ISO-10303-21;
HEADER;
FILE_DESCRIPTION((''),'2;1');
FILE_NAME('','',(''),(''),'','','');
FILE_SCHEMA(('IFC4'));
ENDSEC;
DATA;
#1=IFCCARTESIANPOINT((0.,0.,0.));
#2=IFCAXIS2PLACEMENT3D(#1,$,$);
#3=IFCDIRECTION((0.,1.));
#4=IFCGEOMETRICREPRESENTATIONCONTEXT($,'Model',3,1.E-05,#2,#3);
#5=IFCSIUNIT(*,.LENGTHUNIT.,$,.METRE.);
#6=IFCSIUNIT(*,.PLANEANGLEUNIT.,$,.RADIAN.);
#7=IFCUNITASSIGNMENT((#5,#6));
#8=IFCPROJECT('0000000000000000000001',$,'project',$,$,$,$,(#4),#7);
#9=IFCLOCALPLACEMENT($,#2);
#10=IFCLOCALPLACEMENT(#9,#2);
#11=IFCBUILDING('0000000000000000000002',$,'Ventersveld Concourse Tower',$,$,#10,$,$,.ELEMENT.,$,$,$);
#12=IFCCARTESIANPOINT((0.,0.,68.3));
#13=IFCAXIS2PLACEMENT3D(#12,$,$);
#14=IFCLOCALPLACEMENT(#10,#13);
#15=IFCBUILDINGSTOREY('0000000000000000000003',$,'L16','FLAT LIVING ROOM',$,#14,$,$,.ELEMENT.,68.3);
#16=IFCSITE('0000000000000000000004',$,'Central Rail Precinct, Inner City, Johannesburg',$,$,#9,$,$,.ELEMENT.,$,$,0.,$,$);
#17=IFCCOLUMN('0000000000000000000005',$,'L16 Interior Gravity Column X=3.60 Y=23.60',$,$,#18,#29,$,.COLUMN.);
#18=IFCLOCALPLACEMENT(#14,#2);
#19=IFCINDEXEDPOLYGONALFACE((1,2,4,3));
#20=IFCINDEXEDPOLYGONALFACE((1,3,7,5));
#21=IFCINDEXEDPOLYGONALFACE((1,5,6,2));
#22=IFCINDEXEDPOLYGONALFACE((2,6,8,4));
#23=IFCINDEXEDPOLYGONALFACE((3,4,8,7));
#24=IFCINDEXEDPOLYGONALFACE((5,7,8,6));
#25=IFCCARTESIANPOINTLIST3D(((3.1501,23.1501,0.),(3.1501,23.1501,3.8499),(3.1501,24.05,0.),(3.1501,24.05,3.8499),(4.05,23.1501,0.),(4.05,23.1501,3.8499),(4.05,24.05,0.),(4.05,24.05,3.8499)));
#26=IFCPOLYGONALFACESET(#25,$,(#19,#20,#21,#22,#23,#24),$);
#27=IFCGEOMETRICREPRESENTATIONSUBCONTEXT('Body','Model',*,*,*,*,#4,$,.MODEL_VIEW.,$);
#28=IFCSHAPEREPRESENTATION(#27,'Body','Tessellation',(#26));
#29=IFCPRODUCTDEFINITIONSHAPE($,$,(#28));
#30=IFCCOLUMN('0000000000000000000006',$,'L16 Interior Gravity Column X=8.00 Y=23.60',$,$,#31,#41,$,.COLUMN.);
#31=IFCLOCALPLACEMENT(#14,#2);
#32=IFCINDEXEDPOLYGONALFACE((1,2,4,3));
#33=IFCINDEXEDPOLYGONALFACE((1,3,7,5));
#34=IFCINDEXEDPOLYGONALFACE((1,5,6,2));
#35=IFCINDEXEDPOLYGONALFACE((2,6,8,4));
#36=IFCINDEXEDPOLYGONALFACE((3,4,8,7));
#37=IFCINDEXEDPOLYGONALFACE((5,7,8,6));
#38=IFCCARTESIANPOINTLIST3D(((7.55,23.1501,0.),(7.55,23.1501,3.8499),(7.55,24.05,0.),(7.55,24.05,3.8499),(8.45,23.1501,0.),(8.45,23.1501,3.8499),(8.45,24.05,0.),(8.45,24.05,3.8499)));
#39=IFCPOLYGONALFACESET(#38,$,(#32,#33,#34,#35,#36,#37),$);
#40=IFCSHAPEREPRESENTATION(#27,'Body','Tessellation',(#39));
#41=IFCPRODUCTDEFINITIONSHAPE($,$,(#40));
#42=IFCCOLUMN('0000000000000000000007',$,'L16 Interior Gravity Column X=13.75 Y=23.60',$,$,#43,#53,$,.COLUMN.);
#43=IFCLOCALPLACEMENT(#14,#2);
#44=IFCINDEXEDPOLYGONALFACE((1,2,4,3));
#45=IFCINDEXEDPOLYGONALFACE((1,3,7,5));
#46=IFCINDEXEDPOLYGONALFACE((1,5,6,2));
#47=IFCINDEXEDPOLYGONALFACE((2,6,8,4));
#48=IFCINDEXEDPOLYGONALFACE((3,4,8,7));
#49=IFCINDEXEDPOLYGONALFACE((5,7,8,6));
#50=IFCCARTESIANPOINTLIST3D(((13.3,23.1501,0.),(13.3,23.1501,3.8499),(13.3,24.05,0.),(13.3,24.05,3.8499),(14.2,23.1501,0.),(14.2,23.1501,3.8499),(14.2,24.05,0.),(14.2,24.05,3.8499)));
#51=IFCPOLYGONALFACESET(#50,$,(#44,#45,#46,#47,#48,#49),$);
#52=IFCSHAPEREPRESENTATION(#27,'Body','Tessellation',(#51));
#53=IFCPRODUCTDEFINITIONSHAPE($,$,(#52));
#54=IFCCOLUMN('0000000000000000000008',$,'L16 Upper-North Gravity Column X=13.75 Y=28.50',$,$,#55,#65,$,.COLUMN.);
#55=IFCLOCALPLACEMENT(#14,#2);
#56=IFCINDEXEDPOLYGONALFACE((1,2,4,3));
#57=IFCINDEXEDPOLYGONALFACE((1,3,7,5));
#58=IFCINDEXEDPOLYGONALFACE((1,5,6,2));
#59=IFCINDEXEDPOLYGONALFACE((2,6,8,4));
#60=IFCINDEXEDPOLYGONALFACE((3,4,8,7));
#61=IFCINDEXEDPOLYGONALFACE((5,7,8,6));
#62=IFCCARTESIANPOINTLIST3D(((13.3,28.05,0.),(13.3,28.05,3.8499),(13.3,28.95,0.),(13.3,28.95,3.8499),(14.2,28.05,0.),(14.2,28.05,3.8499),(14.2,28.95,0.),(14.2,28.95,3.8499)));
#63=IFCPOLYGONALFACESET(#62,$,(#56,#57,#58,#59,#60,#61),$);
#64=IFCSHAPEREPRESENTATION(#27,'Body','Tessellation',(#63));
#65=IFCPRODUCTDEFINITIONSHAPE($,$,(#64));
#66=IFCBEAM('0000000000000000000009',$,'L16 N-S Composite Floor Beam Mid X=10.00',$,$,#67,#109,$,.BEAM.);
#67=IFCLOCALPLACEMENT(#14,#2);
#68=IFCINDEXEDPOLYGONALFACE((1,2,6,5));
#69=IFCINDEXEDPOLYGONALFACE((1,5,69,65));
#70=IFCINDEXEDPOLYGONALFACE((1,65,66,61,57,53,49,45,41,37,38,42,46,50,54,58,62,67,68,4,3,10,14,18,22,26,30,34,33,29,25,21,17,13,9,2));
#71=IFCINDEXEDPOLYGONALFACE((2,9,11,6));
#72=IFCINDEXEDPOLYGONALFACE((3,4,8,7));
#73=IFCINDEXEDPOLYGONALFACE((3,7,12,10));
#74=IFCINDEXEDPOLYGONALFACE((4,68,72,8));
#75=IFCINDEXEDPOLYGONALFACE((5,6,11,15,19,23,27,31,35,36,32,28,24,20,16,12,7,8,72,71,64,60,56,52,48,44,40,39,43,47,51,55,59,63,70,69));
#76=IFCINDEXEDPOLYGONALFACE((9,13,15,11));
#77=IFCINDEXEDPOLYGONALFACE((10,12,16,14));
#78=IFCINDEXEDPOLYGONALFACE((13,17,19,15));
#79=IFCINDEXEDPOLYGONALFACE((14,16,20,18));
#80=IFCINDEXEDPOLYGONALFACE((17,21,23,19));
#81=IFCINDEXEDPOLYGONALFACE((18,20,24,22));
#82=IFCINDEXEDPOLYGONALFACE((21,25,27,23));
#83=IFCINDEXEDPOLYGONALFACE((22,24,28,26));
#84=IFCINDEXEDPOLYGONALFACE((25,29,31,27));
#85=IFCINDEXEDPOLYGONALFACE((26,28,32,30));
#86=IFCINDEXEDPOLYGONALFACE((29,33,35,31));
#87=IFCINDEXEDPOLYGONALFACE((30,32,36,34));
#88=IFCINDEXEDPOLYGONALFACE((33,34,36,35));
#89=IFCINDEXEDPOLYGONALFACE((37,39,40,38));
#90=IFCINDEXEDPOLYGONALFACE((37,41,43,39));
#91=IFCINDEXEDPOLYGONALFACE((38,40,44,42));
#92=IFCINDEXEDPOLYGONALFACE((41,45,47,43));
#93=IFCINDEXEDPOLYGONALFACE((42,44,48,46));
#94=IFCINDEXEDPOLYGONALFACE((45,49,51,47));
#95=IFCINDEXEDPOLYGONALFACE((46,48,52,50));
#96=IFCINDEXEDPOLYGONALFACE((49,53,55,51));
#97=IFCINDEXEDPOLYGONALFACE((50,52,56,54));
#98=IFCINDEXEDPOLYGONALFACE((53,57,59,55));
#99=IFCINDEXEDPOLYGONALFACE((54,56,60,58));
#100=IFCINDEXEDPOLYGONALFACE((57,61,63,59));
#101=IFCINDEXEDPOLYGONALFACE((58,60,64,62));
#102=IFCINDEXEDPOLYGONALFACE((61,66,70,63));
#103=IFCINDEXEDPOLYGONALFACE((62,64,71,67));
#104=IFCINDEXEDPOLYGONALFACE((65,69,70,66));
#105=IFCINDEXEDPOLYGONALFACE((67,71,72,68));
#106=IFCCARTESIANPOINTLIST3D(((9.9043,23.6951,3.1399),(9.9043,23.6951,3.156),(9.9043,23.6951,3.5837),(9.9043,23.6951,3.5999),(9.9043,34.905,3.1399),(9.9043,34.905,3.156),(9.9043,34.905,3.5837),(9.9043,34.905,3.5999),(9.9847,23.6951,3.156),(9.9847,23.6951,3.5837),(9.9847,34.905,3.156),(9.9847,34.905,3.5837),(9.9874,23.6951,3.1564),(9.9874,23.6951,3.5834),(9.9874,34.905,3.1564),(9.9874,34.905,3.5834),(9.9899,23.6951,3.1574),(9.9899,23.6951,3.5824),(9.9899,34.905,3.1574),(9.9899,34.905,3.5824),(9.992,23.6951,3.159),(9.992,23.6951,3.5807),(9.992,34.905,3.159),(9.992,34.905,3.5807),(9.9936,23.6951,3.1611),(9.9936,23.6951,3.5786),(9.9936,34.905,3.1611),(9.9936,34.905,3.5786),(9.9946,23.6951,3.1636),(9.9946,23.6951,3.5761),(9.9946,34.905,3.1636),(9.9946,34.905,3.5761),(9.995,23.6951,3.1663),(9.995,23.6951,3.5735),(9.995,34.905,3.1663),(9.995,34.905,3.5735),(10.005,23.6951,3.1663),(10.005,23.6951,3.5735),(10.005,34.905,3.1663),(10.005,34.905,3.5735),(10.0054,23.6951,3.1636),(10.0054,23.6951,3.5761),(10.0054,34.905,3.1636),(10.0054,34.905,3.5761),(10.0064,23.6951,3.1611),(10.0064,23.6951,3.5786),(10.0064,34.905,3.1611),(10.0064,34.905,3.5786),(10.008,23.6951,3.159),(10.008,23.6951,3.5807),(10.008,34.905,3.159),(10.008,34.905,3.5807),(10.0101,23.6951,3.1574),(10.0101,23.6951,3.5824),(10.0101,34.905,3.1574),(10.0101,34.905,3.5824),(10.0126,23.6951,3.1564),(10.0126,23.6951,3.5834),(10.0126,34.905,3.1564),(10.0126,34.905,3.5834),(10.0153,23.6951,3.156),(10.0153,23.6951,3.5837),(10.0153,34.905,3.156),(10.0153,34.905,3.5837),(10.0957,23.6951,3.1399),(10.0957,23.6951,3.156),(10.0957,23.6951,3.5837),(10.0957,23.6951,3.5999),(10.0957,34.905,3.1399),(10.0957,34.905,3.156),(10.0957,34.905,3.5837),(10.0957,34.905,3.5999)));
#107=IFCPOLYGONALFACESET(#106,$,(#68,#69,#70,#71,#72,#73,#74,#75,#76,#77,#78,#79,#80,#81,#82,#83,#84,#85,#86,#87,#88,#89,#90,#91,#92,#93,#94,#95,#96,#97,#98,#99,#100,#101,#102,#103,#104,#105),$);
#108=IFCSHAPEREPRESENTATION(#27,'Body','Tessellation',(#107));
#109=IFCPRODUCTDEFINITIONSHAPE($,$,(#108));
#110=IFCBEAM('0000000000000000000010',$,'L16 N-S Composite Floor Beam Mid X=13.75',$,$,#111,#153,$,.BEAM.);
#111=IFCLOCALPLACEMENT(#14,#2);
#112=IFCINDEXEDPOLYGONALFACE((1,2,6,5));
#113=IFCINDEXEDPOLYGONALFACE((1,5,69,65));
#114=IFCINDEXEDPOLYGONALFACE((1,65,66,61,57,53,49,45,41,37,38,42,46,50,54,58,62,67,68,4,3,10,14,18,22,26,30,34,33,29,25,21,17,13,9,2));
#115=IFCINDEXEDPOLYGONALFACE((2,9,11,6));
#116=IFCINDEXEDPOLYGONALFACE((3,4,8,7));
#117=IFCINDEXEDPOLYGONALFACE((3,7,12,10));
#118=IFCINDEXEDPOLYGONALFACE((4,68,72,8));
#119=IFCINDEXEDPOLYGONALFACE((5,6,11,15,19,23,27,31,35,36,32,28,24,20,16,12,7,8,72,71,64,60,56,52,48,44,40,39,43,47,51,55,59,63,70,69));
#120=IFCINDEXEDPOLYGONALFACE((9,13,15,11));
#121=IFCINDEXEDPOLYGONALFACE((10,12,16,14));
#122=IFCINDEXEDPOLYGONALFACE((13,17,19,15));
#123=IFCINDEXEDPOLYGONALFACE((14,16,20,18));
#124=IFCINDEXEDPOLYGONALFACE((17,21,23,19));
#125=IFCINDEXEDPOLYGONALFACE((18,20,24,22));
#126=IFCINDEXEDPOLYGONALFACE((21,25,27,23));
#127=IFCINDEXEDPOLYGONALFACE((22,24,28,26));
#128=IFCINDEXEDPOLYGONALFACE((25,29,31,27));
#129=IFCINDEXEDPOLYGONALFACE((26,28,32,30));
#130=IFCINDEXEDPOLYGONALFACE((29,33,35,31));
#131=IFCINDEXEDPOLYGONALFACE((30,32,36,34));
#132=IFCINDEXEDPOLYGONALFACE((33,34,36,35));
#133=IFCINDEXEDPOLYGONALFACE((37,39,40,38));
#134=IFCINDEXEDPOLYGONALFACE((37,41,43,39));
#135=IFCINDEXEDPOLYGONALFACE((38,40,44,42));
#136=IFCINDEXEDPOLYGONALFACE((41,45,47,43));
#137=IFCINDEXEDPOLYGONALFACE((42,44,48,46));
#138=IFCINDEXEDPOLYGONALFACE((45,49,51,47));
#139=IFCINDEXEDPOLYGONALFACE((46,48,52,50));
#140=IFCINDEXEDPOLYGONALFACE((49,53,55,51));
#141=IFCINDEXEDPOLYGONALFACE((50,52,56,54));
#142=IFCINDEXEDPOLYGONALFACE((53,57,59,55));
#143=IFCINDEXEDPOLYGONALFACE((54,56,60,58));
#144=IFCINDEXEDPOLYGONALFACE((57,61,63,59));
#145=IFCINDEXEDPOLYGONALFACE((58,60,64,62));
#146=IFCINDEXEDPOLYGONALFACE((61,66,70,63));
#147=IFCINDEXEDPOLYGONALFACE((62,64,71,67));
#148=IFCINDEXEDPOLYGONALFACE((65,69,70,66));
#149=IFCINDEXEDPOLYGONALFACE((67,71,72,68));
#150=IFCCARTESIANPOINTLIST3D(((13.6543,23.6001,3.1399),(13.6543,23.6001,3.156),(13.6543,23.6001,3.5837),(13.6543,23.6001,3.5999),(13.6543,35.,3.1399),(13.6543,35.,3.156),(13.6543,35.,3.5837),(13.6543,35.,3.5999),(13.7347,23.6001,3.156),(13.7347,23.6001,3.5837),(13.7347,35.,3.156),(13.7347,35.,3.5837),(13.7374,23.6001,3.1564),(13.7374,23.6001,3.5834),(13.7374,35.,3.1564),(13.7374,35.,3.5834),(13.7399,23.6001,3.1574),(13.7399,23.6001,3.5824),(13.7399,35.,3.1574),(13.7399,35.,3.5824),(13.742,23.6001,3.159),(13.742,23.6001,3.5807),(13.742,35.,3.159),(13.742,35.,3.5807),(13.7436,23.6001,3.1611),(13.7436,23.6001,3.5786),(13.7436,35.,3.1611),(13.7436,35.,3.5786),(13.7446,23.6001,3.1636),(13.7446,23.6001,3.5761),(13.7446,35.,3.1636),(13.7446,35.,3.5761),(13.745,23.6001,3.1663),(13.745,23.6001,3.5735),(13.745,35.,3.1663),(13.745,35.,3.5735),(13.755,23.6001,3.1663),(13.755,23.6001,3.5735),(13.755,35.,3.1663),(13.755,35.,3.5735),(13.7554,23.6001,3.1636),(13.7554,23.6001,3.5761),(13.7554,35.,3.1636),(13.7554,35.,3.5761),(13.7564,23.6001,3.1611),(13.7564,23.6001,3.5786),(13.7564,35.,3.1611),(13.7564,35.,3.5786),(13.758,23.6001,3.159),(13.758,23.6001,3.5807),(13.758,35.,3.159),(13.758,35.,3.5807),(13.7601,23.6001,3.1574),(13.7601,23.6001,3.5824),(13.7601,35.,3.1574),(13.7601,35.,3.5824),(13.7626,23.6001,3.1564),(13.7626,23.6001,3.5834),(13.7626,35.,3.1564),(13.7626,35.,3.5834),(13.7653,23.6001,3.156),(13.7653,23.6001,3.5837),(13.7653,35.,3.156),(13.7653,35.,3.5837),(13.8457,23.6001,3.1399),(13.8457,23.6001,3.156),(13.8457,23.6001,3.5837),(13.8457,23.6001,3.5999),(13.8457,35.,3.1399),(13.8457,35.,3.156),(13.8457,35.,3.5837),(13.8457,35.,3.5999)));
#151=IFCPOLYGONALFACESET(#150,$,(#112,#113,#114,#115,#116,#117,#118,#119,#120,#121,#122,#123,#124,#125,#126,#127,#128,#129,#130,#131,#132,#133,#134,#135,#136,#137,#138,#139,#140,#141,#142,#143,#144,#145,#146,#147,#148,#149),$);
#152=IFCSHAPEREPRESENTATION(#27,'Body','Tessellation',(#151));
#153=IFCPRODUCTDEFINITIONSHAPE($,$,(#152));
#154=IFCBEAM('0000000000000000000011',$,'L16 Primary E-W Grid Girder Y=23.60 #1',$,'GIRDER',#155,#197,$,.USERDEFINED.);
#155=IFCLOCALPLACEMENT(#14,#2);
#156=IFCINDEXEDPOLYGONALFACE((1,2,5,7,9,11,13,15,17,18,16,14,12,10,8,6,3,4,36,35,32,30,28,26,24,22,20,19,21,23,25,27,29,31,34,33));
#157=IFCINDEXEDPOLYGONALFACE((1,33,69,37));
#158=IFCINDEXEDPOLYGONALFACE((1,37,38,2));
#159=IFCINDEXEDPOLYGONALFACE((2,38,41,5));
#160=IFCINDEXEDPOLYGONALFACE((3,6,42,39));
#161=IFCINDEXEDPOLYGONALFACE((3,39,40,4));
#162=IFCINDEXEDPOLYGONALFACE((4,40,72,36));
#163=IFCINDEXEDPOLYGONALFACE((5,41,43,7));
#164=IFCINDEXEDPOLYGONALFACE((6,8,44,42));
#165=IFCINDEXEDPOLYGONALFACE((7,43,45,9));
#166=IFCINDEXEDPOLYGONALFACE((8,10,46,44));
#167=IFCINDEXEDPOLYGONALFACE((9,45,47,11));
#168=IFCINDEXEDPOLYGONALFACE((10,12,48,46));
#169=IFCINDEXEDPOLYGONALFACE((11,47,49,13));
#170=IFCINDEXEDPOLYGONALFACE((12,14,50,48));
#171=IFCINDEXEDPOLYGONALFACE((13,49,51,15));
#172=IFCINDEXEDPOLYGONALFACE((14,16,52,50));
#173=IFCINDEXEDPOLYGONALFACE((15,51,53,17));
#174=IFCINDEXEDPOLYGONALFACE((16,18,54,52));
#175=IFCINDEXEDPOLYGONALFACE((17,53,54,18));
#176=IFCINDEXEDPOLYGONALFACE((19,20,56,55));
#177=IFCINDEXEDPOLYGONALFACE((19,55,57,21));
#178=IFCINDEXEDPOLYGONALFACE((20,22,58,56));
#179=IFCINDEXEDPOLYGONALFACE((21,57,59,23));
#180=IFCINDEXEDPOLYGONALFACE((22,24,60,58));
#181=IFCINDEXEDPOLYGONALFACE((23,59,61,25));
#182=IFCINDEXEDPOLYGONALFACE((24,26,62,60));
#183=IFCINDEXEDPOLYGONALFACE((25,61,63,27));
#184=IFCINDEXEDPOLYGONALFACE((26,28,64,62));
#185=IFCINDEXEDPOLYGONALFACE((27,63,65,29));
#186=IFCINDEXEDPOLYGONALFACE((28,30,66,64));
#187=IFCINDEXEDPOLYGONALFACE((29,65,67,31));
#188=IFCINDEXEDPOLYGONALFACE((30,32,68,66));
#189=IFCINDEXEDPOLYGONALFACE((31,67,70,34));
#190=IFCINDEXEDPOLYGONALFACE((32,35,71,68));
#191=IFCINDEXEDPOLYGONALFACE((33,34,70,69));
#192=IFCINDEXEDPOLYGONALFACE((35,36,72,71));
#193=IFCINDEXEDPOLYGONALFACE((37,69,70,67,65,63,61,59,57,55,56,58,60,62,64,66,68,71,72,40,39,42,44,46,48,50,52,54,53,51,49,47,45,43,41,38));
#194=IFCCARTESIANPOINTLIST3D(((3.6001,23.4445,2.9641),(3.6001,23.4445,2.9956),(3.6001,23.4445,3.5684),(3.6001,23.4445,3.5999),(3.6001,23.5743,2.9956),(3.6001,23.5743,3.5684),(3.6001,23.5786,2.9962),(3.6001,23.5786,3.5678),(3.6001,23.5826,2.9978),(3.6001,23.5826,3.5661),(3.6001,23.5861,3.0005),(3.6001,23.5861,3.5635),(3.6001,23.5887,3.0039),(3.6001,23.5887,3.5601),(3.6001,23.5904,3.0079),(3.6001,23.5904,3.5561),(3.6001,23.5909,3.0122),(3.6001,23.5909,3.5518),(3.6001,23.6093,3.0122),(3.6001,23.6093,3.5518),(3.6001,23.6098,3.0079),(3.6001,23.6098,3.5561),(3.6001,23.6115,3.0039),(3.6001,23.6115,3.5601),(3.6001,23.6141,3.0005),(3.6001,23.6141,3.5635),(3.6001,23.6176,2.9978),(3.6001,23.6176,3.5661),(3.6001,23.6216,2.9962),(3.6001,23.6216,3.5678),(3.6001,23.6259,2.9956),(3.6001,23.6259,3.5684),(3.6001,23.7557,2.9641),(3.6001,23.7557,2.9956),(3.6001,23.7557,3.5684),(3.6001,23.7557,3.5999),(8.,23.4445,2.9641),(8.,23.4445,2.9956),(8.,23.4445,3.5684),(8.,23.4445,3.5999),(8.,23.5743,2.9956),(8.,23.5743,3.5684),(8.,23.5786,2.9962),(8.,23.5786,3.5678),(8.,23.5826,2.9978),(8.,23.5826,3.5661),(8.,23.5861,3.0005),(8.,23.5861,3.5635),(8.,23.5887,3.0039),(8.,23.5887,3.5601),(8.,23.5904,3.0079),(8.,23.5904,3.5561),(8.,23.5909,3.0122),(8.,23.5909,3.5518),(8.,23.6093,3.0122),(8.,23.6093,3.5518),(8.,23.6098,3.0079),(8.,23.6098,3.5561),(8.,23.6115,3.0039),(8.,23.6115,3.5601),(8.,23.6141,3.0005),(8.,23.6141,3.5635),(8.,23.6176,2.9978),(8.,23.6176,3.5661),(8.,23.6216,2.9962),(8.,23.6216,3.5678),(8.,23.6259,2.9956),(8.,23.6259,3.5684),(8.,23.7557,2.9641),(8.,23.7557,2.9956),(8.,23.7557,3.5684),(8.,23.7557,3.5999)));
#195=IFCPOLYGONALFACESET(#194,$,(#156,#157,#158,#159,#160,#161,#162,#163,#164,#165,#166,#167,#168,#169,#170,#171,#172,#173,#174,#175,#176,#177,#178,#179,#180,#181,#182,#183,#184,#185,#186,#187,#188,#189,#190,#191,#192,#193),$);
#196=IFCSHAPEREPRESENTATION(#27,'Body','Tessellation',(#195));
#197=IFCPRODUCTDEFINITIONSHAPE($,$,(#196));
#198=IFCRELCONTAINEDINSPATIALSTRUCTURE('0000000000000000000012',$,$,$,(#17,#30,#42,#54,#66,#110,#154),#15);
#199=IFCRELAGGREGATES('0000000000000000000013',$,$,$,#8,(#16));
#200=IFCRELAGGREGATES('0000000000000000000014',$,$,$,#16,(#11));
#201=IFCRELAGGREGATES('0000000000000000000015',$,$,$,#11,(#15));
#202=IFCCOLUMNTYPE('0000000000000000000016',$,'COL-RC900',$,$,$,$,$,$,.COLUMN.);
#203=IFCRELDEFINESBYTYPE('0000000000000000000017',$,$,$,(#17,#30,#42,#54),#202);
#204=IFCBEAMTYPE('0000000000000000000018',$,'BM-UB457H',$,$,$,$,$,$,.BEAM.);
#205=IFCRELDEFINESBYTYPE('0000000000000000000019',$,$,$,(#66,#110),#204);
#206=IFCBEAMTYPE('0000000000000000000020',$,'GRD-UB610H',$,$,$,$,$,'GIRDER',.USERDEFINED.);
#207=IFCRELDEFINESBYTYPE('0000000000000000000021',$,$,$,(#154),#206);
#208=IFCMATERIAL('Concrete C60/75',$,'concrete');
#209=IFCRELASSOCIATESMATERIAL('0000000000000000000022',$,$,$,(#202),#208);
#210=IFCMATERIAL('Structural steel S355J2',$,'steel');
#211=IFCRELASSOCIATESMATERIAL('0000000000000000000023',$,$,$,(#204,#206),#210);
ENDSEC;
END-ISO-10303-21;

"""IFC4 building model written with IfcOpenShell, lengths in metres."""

from ifc_helpers import new_model, si_unit, direction, frame, origin, origin_2d, place, context, subcontext, project, spatial, rectangle, i_section, extrude, material, material_profile, profile_set, type_object, element, save


model = new_model("IFC4")

# Units and contexts
model_context = context("Model", 3, precision=1e-05, world=origin(), true_north=direction((0.0, 1.0)))
body_context = subcontext(model_context, "Body", "Model", "MODEL_VIEW")
ifc_project = project(units=[si_unit("LENGTHUNIT", "METRE"), si_unit("PLANEANGLEUNIT", "RADIAN")], contexts=[model_context])

# Site, building, storey
site_placement = place(None, origin())
site = spatial("IfcSite", under=ifc_project, at=site_placement, Name="Central Rail Precinct, Inner City, Johannesburg", CompositionType="ELEMENT", RefElevation=0.0)
building_placement = place(site_placement, origin())
building = spatial("IfcBuilding", under=site, at=building_placement, Name="Ventersveld Concourse Tower", CompositionType="ELEMENT")
storey_placement = place(building_placement, frame((0.0, 0.0, 68.3)))
storey = spatial("IfcBuildingStorey", under=building, at=storey_placement, Name="L16", Description="FLAT LIVING ROOM", CompositionType="ELEMENT", Elevation=68.3)

# Columns
ifc_material_1 = material(Name="Concrete C60/75", Category="concrete")
ifc_material_profile_1 = material_profile(ifc_material_1, rectangle(XDim=0.8999, YDim=0.8999, at=origin_2d()), Name="RC 900x900")
ifc_profile_set_1 = profile_set([ifc_material_profile_1], Name="Concrete C60/75")
column_type = type_object("IfcColumnType", Name="COL-RC900", PredefinedType="COLUMN", material=ifc_profile_set_1)
for number, where, z_axis, x_axis, name in (
    (1, (3.6001, 23.6001, 0.0), (0.0, 0.0, 1.0), (1.0, 0.0, 0.0), "L16 Interior Gravity Column X=3.60 Y=23.60"),
    (2, (8.0, 23.6001, 0.0), (0.0, 0.0, 1.0), (1.0, 0.0, 0.0), "L16 Interior Gravity Column X=8.00 Y=23.60"),
    (3, (13.75, 23.6001, 0.0), (0.0, 0.0, 1.0), (1.0, 0.0, 0.0), "L16 Interior Gravity Column X=13.75 Y=23.60"),
    (4, (13.75, 28.5, 0.0), (0.0, 0.0, 1.0), (1.0, 0.0, 0.0), "L16 Upper-North Gravity Column X=13.75 Y=28.50"),
):
    element("IfcColumn", number, at=place(storey_placement, frame(where, z_axis=z_axis, x_axis=x_axis)), inside=storey, type_object=column_type, Name=name, PredefinedType="COLUMN", context=body_context, shape_type="SweptSolid", body=[
        extrude(rectangle(XDim=0.8999, YDim=0.8999, at=origin_2d()), origin(), (0.0, 0.0, 1.0), 3.8499),
    ])

# Beams
ifc_material_2 = material(Name="Structural steel S355J2", Category="steel")
ifc_material_profile_2 = material_profile(ifc_material_2, i_section(OverallWidth=0.1914, OverallDepth=0.46, WebThickness=0.01, FlangeThickness=0.0161, FilletRadius=0.0103, at=origin_2d()), Name="UB 457x191x82")
ifc_profile_set_2 = profile_set([ifc_material_profile_2], Name="Structural steel S355J2")
beam_type_1 = type_object("IfcBeamType", Name="BM-UB457H", PredefinedType="BEAM", material=ifc_profile_set_2)
beam_1_placement = place(storey_placement, frame((10.0, 23.6951, 3.3699), z_axis=(0.0, 1.0, 0.0), x_axis=(-1.0, 0.0, 0.0)))
element("IfcBeam", 5, at=beam_1_placement, inside=storey, type_object=beam_type_1, Name="L16 N-S Composite Floor Beam Mid X=10.00", PredefinedType="BEAM", context=body_context, shape_type="SweptSolid", body=[
    extrude(i_section(OverallWidth=0.1914, OverallDepth=0.46, WebThickness=0.01, FlangeThickness=0.0161, FilletRadius=0.0103, at=origin_2d()), origin(), (0.0, 0.0, 1.0), 11.21),
])
beam_2_placement = place(storey_placement, frame((13.75, 23.6001, 3.3699), z_axis=(0.0, 1.0, 0.0), x_axis=(-1.0, 0.0, 0.0)))
element("IfcBeam", 6, at=beam_2_placement, inside=storey, type_object=beam_type_1, Name="L16 N-S Composite Floor Beam Mid X=13.75", PredefinedType="BEAM", context=body_context, shape_type="SweptSolid", body=[
    extrude(i_section(OverallWidth=0.1914, OverallDepth=0.46, WebThickness=0.01, FlangeThickness=0.0161, FilletRadius=0.0103, at=origin_2d()), origin(), (0.0, 0.0, 1.0), 11.3999),
])
ifc_material_profile_3 = material_profile(ifc_material_2, i_section(OverallWidth=0.3113, OverallDepth=0.6357, WebThickness=0.0183, FlangeThickness=0.0315, FilletRadius=0.0166, at=origin_2d()), Name="UB 610x305x238")
ifc_profile_set_3 = profile_set([ifc_material_profile_3], Name="Structural steel S355J2")
beam_type_2 = type_object("IfcBeamType", Name="GRD-UB610H", ElementType="GIRDER", PredefinedType="USERDEFINED", material=ifc_profile_set_3)
beam_3_placement = place(storey_placement, frame((3.6001, 23.6001, 3.282), z_axis=(1.0, 0.0, 0.0), x_axis=(0.0, 1.0, 0.0)))
element("IfcBeam", 7, at=beam_3_placement, inside=storey, type_object=beam_type_2, Name="L16 Primary E-W Grid Girder Y=23.60 #1", ObjectType="GIRDER", PredefinedType="USERDEFINED", context=body_context, shape_type="SweptSolid", body=[
    extrude(i_section(OverallWidth=0.3113, OverallDepth=0.6357, WebThickness=0.0183, FlangeThickness=0.0315, FilletRadius=0.0166, at=origin_2d()), origin(), (0.0, 0.0, 1.0), 4.3999),
])

save(model, "model.ifc")
